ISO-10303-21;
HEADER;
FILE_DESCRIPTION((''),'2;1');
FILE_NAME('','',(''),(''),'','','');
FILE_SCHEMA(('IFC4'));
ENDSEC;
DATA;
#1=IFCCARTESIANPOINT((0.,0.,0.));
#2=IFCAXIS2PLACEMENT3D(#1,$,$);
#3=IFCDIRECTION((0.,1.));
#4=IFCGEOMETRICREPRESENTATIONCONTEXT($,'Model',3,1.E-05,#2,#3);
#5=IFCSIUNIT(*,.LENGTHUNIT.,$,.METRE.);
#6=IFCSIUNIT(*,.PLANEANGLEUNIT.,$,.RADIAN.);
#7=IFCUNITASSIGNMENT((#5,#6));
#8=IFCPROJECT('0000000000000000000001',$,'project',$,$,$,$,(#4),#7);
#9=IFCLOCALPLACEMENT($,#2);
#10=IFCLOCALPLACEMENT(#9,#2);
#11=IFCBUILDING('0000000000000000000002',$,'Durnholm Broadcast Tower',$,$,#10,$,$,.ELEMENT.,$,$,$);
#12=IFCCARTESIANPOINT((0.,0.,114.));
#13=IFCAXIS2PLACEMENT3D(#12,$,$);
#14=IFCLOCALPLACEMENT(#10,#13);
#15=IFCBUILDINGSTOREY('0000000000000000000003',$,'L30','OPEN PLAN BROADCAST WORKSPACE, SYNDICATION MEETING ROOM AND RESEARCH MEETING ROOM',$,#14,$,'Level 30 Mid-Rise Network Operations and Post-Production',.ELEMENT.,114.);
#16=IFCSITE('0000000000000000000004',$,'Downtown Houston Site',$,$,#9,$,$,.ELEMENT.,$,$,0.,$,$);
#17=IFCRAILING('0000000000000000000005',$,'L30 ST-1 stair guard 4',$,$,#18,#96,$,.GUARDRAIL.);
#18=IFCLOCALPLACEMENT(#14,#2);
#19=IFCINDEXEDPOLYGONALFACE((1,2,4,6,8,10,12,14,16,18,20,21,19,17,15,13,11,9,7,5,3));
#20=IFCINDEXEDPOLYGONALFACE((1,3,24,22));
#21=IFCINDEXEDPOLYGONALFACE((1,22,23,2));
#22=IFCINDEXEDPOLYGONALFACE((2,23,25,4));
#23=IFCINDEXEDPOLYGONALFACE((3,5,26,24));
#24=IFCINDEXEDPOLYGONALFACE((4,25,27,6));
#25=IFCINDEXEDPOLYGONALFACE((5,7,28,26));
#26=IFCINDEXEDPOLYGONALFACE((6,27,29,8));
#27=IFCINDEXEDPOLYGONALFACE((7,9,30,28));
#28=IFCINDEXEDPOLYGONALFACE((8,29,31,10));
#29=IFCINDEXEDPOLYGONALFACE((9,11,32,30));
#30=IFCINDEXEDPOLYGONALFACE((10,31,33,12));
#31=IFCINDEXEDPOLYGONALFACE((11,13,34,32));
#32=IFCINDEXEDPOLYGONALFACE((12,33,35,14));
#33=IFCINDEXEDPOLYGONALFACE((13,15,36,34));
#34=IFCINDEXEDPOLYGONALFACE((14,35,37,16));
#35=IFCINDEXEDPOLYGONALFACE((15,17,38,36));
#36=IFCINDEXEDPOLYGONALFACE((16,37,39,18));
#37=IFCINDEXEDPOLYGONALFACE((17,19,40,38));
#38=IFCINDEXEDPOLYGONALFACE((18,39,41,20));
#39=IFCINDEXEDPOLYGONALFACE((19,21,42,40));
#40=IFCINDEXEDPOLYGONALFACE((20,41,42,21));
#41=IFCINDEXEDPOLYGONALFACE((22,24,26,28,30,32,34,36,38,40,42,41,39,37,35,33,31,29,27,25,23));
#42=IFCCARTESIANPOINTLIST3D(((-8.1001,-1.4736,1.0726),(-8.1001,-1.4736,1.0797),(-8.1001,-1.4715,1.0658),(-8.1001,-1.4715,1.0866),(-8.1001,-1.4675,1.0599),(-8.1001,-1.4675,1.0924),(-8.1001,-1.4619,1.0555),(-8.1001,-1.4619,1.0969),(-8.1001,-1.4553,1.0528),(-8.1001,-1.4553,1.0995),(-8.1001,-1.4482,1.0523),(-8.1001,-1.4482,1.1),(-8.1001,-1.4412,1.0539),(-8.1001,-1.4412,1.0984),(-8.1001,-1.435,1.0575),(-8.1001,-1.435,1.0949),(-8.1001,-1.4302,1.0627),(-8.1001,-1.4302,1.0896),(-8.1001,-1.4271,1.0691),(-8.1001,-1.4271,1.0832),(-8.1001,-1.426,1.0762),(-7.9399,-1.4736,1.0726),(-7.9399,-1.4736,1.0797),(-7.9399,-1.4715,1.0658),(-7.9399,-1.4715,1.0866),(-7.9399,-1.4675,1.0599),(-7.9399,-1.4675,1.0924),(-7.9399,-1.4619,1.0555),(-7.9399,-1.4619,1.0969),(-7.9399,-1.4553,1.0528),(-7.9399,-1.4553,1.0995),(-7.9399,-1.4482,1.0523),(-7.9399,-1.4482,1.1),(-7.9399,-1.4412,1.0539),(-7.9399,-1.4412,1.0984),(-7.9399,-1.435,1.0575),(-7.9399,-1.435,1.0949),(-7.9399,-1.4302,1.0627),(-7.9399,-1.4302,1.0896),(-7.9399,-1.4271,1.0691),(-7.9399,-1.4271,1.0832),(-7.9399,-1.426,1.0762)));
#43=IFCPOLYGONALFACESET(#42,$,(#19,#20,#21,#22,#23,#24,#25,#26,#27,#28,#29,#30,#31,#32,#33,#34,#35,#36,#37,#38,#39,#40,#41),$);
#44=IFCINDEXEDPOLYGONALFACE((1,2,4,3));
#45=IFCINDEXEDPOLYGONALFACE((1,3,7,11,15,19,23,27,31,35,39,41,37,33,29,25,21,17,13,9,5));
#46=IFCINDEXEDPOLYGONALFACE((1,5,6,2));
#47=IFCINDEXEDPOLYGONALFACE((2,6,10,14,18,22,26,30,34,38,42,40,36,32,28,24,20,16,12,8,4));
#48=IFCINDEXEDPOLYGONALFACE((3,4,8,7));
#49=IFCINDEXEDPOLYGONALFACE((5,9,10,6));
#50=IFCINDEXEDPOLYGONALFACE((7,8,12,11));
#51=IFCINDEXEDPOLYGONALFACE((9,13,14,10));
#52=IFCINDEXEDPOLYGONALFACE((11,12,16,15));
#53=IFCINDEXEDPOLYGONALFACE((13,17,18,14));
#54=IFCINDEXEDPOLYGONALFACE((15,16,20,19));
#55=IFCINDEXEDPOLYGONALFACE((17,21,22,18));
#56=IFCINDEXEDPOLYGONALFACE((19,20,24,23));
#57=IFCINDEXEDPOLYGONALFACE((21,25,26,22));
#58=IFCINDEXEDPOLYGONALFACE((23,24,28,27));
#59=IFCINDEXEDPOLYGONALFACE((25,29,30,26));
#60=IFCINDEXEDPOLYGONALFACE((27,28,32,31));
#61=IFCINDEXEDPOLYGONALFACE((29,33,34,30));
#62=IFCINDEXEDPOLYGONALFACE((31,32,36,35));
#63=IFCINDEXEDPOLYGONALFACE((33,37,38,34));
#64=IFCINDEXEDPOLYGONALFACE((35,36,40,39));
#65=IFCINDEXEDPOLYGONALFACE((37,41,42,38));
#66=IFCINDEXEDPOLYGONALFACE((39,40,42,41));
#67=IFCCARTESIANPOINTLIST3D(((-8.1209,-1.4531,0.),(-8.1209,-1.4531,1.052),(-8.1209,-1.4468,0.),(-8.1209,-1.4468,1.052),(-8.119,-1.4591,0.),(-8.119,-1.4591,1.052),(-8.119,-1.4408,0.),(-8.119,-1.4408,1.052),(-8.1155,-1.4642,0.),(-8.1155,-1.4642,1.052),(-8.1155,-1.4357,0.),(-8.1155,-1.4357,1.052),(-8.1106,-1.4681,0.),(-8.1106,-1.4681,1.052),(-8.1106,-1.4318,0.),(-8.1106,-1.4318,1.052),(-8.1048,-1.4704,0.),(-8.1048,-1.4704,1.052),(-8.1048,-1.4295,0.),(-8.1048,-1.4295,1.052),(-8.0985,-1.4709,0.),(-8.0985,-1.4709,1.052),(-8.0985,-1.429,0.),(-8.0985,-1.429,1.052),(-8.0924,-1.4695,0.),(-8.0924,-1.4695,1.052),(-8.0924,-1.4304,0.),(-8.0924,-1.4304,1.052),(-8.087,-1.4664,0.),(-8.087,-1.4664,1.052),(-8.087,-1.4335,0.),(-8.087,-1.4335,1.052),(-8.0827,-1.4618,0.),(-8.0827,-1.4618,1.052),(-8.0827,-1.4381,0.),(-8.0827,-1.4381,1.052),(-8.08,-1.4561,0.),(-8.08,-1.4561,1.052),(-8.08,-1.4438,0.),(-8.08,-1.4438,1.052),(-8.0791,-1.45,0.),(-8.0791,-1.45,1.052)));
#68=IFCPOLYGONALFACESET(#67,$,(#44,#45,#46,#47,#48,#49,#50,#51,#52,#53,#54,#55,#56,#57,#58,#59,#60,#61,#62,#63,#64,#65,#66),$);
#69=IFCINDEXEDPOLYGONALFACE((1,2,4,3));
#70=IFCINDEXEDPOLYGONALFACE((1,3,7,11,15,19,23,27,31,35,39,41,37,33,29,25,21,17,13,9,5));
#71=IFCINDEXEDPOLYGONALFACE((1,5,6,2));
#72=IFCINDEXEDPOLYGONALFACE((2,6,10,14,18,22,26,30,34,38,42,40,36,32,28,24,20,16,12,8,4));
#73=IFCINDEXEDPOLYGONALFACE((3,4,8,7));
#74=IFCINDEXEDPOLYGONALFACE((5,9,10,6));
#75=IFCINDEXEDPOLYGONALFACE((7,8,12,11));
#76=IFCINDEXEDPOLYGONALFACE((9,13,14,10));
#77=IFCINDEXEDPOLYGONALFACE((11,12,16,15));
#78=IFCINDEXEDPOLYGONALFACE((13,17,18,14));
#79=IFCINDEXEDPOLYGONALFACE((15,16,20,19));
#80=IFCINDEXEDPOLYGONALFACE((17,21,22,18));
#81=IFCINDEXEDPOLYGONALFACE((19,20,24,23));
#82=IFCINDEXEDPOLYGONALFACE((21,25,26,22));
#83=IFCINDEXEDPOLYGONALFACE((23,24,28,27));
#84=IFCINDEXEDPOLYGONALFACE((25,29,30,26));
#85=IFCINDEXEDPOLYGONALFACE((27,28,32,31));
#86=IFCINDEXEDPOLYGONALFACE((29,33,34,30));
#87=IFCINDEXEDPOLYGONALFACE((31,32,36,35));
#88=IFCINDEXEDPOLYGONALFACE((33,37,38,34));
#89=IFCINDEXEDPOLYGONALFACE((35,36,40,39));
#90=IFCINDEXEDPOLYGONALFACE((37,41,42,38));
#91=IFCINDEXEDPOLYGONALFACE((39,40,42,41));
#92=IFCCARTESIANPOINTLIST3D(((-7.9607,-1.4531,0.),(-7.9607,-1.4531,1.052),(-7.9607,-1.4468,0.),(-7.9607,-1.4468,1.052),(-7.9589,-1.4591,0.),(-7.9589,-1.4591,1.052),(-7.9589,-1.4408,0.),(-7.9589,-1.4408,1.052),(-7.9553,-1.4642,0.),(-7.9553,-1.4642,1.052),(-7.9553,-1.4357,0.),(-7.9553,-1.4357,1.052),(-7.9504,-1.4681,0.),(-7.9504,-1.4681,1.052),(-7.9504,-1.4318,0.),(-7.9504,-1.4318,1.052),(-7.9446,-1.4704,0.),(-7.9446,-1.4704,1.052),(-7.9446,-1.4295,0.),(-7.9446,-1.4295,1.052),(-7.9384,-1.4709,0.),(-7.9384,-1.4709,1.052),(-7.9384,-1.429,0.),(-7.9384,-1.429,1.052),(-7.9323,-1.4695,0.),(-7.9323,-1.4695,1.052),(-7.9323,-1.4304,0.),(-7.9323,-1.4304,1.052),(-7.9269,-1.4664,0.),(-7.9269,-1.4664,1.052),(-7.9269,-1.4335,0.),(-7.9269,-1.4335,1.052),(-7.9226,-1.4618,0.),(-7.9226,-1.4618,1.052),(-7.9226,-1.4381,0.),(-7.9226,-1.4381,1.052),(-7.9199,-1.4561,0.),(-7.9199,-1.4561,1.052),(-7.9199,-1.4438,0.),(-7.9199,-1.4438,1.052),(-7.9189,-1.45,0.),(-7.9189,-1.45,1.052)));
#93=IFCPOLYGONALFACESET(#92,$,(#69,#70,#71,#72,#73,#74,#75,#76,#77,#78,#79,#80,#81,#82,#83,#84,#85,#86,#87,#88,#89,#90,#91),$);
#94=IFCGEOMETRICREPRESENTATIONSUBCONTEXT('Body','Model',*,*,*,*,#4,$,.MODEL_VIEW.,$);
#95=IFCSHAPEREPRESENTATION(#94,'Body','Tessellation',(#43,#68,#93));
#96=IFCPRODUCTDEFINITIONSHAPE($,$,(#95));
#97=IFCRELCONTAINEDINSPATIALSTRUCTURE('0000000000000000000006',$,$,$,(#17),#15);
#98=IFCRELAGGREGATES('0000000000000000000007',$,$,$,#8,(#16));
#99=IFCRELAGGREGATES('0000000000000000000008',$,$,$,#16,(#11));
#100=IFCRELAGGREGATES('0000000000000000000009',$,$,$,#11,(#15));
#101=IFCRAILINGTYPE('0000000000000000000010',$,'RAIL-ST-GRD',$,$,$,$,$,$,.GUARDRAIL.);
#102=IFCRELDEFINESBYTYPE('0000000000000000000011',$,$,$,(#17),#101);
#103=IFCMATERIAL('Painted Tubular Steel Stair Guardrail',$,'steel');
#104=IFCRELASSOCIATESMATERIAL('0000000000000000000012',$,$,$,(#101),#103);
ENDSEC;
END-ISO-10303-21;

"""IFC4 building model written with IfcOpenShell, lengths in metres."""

from ifc_helpers import new_model, si_unit, direction, frame, origin, origin_2d, place, context, subcontext, project, spatial, circle, extrude, material, type_object, element, save


model = new_model("IFC4")

# Units and contexts
model_context = context("Model", 3, precision=1e-05, world=origin(), true_north=direction((0.0, 1.0)))
body_context = subcontext(model_context, "Body", "Model", "MODEL_VIEW")
ifc_project = project(units=[si_unit("LENGTHUNIT", "METRE"), si_unit("PLANEANGLEUNIT", "RADIAN")], contexts=[model_context])

# Site, building, storey
site_placement = place(None, origin())
site = spatial("IfcSite", under=ifc_project, at=site_placement, Name="Downtown Houston Site", CompositionType="ELEMENT", RefElevation=0.0)
building_placement = place(site_placement, origin())
building = spatial("IfcBuilding", under=site, at=building_placement, Name="Durnholm Broadcast Tower", CompositionType="ELEMENT")
storey_placement = place(building_placement, frame((0.0, 0.0, 114.0)))
storey = spatial("IfcBuildingStorey", under=building, at=storey_placement, Name="L30", Description="OPEN PLAN BROADCAST WORKSPACE, SYNDICATION MEETING ROOM AND RESEARCH MEETING ROOM", LongName="Level 30 Mid-Rise Network Operations and Post-Production", CompositionType="ELEMENT", Elevation=114.0)

# Railing
ifc_material_1 = material(Name="Painted Tubular Steel Stair Guardrail", Category="steel")
railing_type_1 = type_object("IfcRailingType", Name="RAIL-ST-GRD", PredefinedType="GUARDRAIL", material=ifc_material_1)
railing_1_placement = place(storey_placement, frame((-8.1001, -1.45, 0.0)))
element("IfcRailing", 1, at=railing_1_placement, inside=storey, type_object=railing_type_1, Name="L30 ST-1 stair guard 4", PredefinedType="GUARDRAIL", context=body_context, shape_type="SweptSolid", body=[
    extrude(circle(Radius=0.0239, at=origin_2d()), frame((0.0, 0.0, 1.0762), z_axis=(1.0, 0.0, 0.0), x_axis=(0.0, 1.0, 0.0)), (0.0, 0.0, 1.0), 0.1602),
    extrude(circle(Radius=0.021, at=origin_2d()), origin(), (0.0, 0.0, 1.0), 1.052),
    extrude(circle(Radius=0.021, at=origin_2d()), frame((0.1602, 0.0, 0.0)), (0.0, 0.0, 1.0), 1.052),
])

save(model, "model.ifc")
